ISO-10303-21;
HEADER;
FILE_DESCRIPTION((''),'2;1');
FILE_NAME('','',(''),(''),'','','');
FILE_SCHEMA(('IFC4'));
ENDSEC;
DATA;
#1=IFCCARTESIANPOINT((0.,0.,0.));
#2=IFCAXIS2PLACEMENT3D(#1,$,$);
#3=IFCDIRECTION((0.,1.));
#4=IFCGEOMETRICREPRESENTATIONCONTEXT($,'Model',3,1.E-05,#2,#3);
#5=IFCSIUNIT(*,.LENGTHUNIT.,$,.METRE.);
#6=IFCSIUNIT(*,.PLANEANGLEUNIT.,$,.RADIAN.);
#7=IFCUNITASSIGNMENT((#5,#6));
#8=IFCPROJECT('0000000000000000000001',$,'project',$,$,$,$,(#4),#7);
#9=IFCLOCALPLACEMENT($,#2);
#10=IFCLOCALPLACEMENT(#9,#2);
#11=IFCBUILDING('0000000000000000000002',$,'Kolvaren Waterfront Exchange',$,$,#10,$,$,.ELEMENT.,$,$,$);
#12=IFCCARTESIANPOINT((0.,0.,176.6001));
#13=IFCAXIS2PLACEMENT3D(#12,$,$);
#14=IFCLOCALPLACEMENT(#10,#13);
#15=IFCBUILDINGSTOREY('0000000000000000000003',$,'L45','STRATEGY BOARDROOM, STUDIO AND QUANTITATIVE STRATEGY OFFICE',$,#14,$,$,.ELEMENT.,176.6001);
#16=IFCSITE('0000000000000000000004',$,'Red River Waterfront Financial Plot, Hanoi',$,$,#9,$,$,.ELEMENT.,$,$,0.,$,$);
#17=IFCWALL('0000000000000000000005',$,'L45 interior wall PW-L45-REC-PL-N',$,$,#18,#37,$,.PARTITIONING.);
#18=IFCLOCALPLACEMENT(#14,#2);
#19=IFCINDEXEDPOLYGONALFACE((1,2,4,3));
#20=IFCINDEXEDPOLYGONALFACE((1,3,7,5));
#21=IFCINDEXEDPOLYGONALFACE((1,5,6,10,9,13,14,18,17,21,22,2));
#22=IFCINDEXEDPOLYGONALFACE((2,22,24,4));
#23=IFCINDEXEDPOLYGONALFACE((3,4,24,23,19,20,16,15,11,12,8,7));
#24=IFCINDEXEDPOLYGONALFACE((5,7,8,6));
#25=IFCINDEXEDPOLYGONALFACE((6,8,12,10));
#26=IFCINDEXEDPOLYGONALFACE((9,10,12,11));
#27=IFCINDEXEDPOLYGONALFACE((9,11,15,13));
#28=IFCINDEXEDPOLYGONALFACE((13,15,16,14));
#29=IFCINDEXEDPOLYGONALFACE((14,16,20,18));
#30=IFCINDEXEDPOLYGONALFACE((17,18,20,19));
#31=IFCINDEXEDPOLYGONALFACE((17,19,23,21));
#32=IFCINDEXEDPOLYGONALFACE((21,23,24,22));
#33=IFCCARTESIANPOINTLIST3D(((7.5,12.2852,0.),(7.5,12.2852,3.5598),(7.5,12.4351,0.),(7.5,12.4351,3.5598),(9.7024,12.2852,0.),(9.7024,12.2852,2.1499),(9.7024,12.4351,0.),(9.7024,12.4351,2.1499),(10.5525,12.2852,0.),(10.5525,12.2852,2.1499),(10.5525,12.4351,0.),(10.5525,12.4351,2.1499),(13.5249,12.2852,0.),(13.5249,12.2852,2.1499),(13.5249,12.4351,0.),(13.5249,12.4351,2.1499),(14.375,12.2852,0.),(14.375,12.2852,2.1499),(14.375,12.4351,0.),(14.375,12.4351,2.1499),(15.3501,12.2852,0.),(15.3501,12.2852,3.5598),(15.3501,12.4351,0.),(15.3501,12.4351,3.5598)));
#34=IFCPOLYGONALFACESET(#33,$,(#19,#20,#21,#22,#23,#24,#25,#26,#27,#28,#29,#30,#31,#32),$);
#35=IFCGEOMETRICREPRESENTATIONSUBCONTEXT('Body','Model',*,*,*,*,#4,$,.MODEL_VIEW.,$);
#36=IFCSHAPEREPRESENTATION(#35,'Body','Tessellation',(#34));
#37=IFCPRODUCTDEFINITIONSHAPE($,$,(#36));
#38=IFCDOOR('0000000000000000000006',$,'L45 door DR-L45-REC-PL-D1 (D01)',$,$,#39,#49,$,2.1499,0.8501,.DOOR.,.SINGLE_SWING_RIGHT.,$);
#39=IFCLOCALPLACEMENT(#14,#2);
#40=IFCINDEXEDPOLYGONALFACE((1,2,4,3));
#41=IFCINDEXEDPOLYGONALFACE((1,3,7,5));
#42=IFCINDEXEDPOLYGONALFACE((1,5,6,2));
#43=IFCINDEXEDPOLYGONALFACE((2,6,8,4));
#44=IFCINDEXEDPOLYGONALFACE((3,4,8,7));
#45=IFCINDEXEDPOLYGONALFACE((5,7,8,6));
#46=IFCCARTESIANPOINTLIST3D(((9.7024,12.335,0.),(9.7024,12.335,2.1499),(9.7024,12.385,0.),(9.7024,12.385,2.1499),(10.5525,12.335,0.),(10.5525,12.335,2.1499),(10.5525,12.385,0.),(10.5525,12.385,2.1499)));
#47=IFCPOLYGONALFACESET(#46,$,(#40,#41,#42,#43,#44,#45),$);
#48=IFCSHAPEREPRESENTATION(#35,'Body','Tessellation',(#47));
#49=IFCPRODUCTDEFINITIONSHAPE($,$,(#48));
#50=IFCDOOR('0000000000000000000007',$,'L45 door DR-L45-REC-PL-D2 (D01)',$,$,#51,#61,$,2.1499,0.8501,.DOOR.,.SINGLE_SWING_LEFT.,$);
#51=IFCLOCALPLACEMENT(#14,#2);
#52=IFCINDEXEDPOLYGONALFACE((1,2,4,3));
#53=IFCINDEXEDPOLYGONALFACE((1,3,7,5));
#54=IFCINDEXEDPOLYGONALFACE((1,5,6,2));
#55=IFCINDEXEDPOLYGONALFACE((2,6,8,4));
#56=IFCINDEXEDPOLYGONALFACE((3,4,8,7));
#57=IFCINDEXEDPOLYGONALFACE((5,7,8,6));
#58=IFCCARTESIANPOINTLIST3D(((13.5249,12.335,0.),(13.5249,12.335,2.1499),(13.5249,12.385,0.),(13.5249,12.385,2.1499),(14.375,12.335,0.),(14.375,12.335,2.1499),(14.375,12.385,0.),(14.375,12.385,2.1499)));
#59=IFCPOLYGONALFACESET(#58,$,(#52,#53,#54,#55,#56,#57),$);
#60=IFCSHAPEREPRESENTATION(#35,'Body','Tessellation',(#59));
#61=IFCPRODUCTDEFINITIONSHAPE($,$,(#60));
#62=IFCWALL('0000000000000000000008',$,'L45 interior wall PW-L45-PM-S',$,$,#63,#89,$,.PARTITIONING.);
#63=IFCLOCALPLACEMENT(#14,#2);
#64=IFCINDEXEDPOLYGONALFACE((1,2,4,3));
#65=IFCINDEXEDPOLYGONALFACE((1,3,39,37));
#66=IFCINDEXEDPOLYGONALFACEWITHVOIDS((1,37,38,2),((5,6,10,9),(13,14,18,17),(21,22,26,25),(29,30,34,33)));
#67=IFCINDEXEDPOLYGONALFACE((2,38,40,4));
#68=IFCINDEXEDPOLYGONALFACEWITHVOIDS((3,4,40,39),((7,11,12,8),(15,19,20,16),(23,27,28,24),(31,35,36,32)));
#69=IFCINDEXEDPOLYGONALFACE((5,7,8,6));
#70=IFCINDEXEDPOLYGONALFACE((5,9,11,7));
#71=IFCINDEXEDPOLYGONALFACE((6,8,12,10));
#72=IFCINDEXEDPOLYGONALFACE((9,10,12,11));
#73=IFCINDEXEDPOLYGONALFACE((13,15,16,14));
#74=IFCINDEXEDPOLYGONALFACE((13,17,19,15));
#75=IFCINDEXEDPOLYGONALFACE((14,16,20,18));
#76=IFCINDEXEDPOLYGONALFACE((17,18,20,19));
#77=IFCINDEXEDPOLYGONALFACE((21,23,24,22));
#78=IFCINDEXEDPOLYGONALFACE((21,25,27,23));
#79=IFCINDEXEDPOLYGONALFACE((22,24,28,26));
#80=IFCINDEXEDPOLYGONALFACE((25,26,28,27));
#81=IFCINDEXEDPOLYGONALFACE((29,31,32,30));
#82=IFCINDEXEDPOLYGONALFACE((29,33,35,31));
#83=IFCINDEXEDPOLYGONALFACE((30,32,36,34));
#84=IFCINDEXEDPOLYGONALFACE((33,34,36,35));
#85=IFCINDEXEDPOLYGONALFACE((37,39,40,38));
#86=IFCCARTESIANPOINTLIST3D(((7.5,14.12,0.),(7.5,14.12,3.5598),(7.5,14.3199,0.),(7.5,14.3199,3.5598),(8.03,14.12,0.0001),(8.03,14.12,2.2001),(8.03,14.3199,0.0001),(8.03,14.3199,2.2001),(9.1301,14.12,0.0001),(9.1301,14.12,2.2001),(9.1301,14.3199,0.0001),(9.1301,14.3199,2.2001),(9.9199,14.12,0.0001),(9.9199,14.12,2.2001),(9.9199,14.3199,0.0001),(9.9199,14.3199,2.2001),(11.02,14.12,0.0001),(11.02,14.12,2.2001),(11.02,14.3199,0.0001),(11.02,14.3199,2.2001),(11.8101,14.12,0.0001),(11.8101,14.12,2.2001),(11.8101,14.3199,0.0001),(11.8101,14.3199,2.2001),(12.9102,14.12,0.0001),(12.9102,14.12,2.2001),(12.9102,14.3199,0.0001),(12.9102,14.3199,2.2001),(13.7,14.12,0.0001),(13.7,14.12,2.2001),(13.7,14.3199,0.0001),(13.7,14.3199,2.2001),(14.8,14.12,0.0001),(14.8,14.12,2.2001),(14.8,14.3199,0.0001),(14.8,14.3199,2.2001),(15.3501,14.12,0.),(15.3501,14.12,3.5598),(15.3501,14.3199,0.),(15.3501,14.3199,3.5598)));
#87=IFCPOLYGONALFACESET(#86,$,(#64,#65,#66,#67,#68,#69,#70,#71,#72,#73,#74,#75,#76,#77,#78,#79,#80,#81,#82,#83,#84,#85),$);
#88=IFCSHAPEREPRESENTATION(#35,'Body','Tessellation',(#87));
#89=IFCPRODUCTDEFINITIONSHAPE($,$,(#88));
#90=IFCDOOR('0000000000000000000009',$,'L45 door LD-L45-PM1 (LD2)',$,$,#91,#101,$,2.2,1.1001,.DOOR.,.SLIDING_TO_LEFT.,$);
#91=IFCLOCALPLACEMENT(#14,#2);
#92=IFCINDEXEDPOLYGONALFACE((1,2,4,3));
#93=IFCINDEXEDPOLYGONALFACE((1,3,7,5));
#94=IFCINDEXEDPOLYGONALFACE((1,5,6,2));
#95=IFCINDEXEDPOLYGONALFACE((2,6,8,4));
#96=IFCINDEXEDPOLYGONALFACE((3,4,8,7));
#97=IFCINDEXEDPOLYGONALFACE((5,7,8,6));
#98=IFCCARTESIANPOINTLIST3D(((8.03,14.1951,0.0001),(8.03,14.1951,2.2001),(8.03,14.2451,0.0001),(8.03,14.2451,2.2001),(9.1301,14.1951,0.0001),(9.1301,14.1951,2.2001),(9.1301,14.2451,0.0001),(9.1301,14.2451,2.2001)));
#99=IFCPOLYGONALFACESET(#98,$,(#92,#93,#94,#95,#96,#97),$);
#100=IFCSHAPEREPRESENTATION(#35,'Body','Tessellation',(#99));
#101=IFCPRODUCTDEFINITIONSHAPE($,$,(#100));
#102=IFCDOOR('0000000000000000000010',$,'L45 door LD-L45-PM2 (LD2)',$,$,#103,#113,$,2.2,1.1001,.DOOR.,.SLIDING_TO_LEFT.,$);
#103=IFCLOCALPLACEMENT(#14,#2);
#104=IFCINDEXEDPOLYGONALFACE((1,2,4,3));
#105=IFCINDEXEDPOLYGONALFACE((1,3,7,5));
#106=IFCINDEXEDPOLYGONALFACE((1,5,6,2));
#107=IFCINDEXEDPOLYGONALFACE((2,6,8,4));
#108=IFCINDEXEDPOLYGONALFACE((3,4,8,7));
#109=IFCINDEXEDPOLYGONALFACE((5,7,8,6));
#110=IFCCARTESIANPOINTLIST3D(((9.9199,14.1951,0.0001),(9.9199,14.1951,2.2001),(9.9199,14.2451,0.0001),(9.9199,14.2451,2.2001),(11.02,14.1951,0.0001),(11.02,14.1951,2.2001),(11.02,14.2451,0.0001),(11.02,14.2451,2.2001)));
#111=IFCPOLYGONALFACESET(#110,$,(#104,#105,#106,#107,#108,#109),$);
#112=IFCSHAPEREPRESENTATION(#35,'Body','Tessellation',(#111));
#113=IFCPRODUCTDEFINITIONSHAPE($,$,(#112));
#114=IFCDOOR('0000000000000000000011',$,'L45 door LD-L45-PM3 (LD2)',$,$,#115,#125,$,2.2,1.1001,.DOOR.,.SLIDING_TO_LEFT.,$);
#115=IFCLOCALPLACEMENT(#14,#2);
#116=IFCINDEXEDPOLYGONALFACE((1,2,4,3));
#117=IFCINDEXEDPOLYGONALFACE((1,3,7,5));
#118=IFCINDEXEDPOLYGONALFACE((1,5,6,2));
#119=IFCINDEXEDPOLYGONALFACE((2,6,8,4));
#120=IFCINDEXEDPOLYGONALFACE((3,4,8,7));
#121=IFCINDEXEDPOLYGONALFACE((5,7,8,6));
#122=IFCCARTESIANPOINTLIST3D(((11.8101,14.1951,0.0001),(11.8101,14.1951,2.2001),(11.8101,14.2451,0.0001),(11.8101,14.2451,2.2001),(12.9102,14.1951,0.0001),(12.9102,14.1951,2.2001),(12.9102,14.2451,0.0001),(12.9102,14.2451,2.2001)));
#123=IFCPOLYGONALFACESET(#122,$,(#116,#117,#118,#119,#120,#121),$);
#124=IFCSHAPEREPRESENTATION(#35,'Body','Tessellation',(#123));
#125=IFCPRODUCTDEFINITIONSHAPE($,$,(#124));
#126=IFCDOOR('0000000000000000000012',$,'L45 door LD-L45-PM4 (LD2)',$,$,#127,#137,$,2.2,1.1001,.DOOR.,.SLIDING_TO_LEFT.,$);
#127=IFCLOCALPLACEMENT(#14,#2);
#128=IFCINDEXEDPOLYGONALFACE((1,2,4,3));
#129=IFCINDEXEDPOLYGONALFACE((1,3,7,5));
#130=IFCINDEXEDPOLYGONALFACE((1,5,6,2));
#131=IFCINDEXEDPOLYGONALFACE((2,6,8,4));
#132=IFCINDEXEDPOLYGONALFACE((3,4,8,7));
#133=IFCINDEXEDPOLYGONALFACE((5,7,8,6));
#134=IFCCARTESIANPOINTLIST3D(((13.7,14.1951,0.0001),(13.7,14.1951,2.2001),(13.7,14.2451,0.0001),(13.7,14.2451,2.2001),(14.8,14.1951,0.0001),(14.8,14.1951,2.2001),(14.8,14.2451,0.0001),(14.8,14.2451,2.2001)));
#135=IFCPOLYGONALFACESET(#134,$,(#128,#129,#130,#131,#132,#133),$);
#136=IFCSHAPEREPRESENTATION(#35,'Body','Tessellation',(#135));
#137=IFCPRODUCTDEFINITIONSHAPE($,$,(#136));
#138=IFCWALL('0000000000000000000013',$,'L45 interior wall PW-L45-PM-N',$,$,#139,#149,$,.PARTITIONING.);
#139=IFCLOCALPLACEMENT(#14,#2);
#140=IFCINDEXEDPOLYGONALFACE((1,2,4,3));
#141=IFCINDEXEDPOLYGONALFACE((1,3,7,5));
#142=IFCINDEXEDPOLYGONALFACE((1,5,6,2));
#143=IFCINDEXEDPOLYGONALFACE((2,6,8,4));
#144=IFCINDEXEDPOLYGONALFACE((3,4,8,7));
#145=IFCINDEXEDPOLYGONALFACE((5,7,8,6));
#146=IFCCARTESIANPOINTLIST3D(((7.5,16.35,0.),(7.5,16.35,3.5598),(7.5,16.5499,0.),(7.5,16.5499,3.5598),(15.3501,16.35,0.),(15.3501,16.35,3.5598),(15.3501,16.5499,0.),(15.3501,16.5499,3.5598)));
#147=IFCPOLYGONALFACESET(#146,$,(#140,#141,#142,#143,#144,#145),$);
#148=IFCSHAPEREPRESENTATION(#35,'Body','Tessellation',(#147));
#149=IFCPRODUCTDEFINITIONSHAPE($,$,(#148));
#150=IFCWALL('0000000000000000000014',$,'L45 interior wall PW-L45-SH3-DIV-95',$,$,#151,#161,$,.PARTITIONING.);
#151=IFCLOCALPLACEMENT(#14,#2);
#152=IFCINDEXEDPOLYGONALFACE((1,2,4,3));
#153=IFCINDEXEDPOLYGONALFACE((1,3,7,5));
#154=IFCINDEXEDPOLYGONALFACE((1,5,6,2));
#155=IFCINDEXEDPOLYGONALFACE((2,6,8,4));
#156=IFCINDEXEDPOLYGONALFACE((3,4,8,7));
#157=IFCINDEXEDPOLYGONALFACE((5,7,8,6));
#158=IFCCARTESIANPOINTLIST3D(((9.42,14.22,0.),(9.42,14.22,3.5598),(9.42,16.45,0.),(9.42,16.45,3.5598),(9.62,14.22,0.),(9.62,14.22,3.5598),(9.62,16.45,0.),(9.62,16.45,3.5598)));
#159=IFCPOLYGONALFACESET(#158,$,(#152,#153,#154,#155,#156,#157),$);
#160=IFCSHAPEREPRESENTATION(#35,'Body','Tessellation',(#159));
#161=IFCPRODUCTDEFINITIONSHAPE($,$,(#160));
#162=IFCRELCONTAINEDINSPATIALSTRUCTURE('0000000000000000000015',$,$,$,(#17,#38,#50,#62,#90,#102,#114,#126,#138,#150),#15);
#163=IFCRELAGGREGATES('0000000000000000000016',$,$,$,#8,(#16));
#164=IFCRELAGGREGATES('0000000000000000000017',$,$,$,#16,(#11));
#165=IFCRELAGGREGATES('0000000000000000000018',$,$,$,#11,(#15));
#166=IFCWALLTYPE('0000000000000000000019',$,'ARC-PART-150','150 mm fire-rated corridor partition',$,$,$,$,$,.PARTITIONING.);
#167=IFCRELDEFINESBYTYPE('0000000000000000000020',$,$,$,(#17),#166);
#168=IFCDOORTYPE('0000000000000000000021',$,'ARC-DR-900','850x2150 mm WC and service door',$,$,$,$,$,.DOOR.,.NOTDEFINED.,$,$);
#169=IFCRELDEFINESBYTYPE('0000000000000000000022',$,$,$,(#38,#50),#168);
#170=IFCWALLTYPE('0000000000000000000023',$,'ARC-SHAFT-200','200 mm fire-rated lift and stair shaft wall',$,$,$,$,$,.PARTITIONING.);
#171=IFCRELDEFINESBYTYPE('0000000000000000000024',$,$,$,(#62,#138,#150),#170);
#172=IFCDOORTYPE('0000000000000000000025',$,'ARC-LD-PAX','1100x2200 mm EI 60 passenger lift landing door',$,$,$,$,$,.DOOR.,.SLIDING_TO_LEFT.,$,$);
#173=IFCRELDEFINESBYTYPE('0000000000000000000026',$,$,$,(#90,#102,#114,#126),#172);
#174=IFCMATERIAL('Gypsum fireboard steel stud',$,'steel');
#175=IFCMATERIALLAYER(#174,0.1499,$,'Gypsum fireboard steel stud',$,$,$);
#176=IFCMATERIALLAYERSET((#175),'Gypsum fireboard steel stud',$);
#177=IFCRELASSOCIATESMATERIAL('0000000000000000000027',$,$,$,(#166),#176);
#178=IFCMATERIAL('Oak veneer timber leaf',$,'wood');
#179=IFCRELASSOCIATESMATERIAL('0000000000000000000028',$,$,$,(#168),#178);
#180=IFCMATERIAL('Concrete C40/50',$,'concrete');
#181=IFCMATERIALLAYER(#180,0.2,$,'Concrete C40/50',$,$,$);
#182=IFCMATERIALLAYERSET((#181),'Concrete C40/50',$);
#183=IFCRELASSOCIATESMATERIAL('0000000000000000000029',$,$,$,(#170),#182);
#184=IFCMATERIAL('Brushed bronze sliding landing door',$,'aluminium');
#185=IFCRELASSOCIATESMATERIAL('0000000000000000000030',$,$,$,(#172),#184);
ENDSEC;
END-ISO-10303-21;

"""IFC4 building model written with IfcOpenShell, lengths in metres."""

from ifc_helpers import new_model, si_unit, direction, frame, frame_2d, origin, place, context, subcontext, project, spatial, rectangle, extrude, material, layer, layer_set, type_object, element, fill, save


model = new_model("IFC4")

# Units and contexts
model_context = context("Model", 3, precision=1e-05, world=origin(), true_north=direction((0.0, 1.0)))
body_context = subcontext(model_context, "Body", "Model", "MODEL_VIEW")
ifc_project = project(units=[si_unit("LENGTHUNIT", "METRE"), si_unit("PLANEANGLEUNIT", "RADIAN")], contexts=[model_context])

# Site, building, storey
site_placement = place(None, origin())
site = spatial("IfcSite", under=ifc_project, at=site_placement, Name="Red River Waterfront Financial Plot, Hanoi", CompositionType="ELEMENT", RefElevation=0.0)
building_placement = place(site_placement, origin())
building = spatial("IfcBuilding", under=site, at=building_placement, Name="Kolvaren Waterfront Exchange", CompositionType="ELEMENT")
storey_placement = place(building_placement, frame((0.0, 0.0, 176.6001)))
storey = spatial("IfcBuildingStorey", under=building, at=storey_placement, Name="L45", Description="STRATEGY BOARDROOM, STUDIO AND QUANTITATIVE STRATEGY OFFICE", CompositionType="ELEMENT", Elevation=176.6001)

# Walls, openings, doors
ifc_material_1 = material(Name="Gypsum fireboard steel stud", Category="steel")
ifc_layer_1 = layer(ifc_material_1, 0.1499, Name="Gypsum fireboard steel stud")
ifc_layer_set_1 = layer_set([ifc_layer_1], Name="Gypsum fireboard steel stud")
wall_type_1 = type_object("IfcWallType", Name="ARC-PART-150", Description="150 mm fire-rated corridor partition", PredefinedType="PARTITIONING", material=ifc_layer_set_1)
wall_1_placement = place(storey_placement, frame((7.5, 12.3601, 0.0), z_axis=(0.0, 0.0, 1.0), x_axis=(1.0, 0.0, 0.0)))
wall_1 = element("IfcWall", 1, at=wall_1_placement, inside=storey, type_object=wall_type_1, Name="L45 interior wall PW-L45-REC-PL-N", PredefinedType="PARTITIONING", context=body_context, shape_type="SweptSolid", body=[
    extrude(rectangle(XDim=7.8501, YDim=0.1499, at=frame_2d((3.925, 0.0))), origin(), (0.0, 0.0, 1.0), 3.5598),
])
opening_1_placement = place(wall_1_placement, frame((2.2024, 0.0, 0.0)))
opening_1 = element("IfcOpeningElement", 2, at=opening_1_placement, cuts=wall_1, PredefinedType="OPENING", context=body_context, shape_type="SweptSolid", body=[
    extrude(rectangle(XDim=0.8501, YDim=2.1499, at=frame_2d((0.425, 1.075))), frame((0.0, 0.085, 0.0), z_axis=(0.0, -1.0, 0.0), x_axis=(1.0, 0.0, 0.0)), (0.0, 0.0, 1.0), 0.1699),
])
opening_2_placement = place(wall_1_placement, frame((6.0249, 0.0, 0.0)))
opening_2 = element("IfcOpeningElement", 3, at=opening_2_placement, cuts=wall_1, PredefinedType="OPENING", context=body_context, shape_type="SweptSolid", body=[
    extrude(rectangle(XDim=0.8501, YDim=2.1499, at=frame_2d((0.425, 1.075))), frame((0.0, 0.085, 0.0), z_axis=(0.0, -1.0, 0.0), x_axis=(1.0, 0.0, 0.0)), (0.0, 0.0, 1.0), 0.1699),
])
ifc_material_2 = material(Name="Oak veneer timber leaf", Category="wood")
door_type_1 = type_object("IfcDoorType", Name="ARC-DR-900", Description="850x2150 mm WC and service door", OperationType="NOTDEFINED", PredefinedType="DOOR", material=ifc_material_2)
door_1_placement = place(opening_1_placement, origin())
door_1 = element("IfcDoor", 4, at=door_1_placement, inside=storey, type_object=door_type_1, Name="L45 door DR-L45-REC-PL-D1 (D01)", OperationType="SINGLE_SWING_RIGHT", OverallHeight=2.1499, OverallWidth=0.8501, PredefinedType="DOOR", context=body_context, shape_type="SweptSolid", body=[
    extrude(rectangle(XDim=0.8501, YDim=2.1499, at=frame_2d((0.425, 1.075))), frame((0.0, 0.0249, 0.0), z_axis=(0.0, -1.0, 0.0), x_axis=(1.0, 0.0, 0.0)), (0.0, 0.0, 1.0), 0.05),
])
fill(opening_1, door_1)
door_2_placement = place(opening_2_placement, origin())
door_2 = element("IfcDoor", 5, at=door_2_placement, inside=storey, type_object=door_type_1, Name="L45 door DR-L45-REC-PL-D2 (D01)", OperationType="SINGLE_SWING_LEFT", OverallHeight=2.1499, OverallWidth=0.8501, PredefinedType="DOOR", context=body_context, shape_type="SweptSolid", body=[
    extrude(rectangle(XDim=0.8501, YDim=2.1499, at=frame_2d((0.425, 1.075))), frame((0.0, 0.0249, 0.0), z_axis=(0.0, -1.0, 0.0), x_axis=(1.0, 0.0, 0.0)), (0.0, 0.0, 1.0), 0.05),
])
fill(opening_2, door_2)
ifc_material_3 = material(Name="Concrete C40/50", Category="concrete")
ifc_layer_2 = layer(ifc_material_3, 0.2, Name="Concrete C40/50")
ifc_layer_set_2 = layer_set([ifc_layer_2], Name="Concrete C40/50")
wall_type_2 = type_object("IfcWallType", Name="ARC-SHAFT-200", Description="200 mm fire-rated lift and stair shaft wall", PredefinedType="PARTITIONING", material=ifc_layer_set_2)
wall_2_placement = place(storey_placement, frame((7.5, 14.22, 0.0), z_axis=(0.0, 0.0, 1.0), x_axis=(1.0, 0.0, 0.0)))
wall_2 = element("IfcWall", 6, at=wall_2_placement, inside=storey, type_object=wall_type_2, Name="L45 interior wall PW-L45-PM-S", PredefinedType="PARTITIONING", context=body_context, shape_type="SweptSolid", body=[
    extrude(rectangle(XDim=7.8501, YDim=0.2, at=frame_2d((3.925, 0.0))), origin(), (0.0, 0.0, 1.0), 3.5598),
])
opening_3_placement = place(wall_2_placement, frame((0.53, 0.0, 0.0)))
opening_3 = element("IfcOpeningElement", 7, at=opening_3_placement, cuts=wall_2, PredefinedType="OPENING", context=body_context, shape_type="SweptSolid", body=[
    extrude(rectangle(XDim=1.1001, YDim=2.2, at=frame_2d((0.55, 1.1001))), frame((0.0, 0.1099, 0.0), z_axis=(0.0, -1.0, 0.0), x_axis=(1.0, 0.0, 0.0)), (0.0, 0.0, 1.0), 0.22),
])
opening_4_placement = place(wall_2_placement, frame((2.4199, 0.0, 0.0)))
opening_4 = element("IfcOpeningElement", 8, at=opening_4_placement, cuts=wall_2, PredefinedType="OPENING", context=body_context, shape_type="SweptSolid", body=[
    extrude(rectangle(XDim=1.1001, YDim=2.2, at=frame_2d((0.55, 1.1001))), frame((0.0, 0.1099, 0.0), z_axis=(0.0, -1.0, 0.0), x_axis=(1.0, 0.0, 0.0)), (0.0, 0.0, 1.0), 0.22),
])
opening_5_placement = place(wall_2_placement, frame((4.3101, 0.0, 0.0)))
opening_5 = element("IfcOpeningElement", 9, at=opening_5_placement, cuts=wall_2, PredefinedType="OPENING", context=body_context, shape_type="SweptSolid", body=[
    extrude(rectangle(XDim=1.1001, YDim=2.2, at=frame_2d((0.55, 1.1001))), frame((0.0, 0.1099, 0.0), z_axis=(0.0, -1.0, 0.0), x_axis=(1.0, 0.0, 0.0)), (0.0, 0.0, 1.0), 0.22),
])
opening_6_placement = place(wall_2_placement, frame((6.2, 0.0, 0.0)))
opening_6 = element("IfcOpeningElement", 10, at=opening_6_placement, cuts=wall_2, PredefinedType="OPENING", context=body_context, shape_type="SweptSolid", body=[
    extrude(rectangle(XDim=1.1001, YDim=2.2, at=frame_2d((0.55, 1.1001))), frame((0.0, 0.1099, 0.0), z_axis=(0.0, -1.0, 0.0), x_axis=(1.0, 0.0, 0.0)), (0.0, 0.0, 1.0), 0.22),
])
ifc_material_4 = material(Name="Brushed bronze sliding landing door", Category="aluminium")
door_type_2 = type_object("IfcDoorType", Name="ARC-LD-PAX", Description="1100x2200 mm EI 60 passenger lift landing door", OperationType="SLIDING_TO_LEFT", PredefinedType="DOOR", material=ifc_material_4)
door_3_placement = place(opening_3_placement, frame((1.1001, 0.0, 0.0), z_axis=(0.0, 0.0, 1.0), x_axis=(-1.0, 0.0, 0.0)))
door_3 = element("IfcDoor", 11, at=door_3_placement, inside=storey, type_object=door_type_2, Name="L45 door LD-L45-PM1 (LD2)", OperationType="SLIDING_TO_LEFT", OverallHeight=2.2, OverallWidth=1.1001, PredefinedType="DOOR", context=body_context, shape_type="SweptSolid", body=[
    extrude(rectangle(XDim=1.1001, YDim=2.2, at=frame_2d((0.55, 1.1001))), frame((0.0, 0.0249, 0.0), z_axis=(0.0, -1.0, 0.0), x_axis=(1.0, 0.0, 0.0)), (0.0, 0.0, 1.0), 0.05),
])
fill(opening_3, door_3)
door_4_placement = place(opening_4_placement, frame((1.1001, 0.0, 0.0), z_axis=(0.0, 0.0, 1.0), x_axis=(-1.0, 0.0, 0.0)))
door_4 = element("IfcDoor", 12, at=door_4_placement, inside=storey, type_object=door_type_2, Name="L45 door LD-L45-PM2 (LD2)", OperationType="SLIDING_TO_LEFT", OverallHeight=2.2, OverallWidth=1.1001, PredefinedType="DOOR", context=body_context, shape_type="SweptSolid", body=[
    extrude(rectangle(XDim=1.1001, YDim=2.2, at=frame_2d((0.55, 1.1001))), frame((0.0, 0.0249, 0.0), z_axis=(0.0, -1.0, 0.0), x_axis=(1.0, 0.0, 0.0)), (0.0, 0.0, 1.0), 0.05),
])
fill(opening_4, door_4)
door_5_placement = place(opening_5_placement, frame((1.1001, 0.0, 0.0), z_axis=(0.0, 0.0, 1.0), x_axis=(-1.0, 0.0, 0.0)))
door_5 = element("IfcDoor", 13, at=door_5_placement, inside=storey, type_object=door_type_2, Name="L45 door LD-L45-PM3 (LD2)", OperationType="SLIDING_TO_LEFT", OverallHeight=2.2, OverallWidth=1.1001, PredefinedType="DOOR", context=body_context, shape_type="SweptSolid", body=[
    extrude(rectangle(XDim=1.1001, YDim=2.2, at=frame_2d((0.55, 1.1001))), frame((0.0, 0.0249, 0.0), z_axis=(0.0, -1.0, 0.0), x_axis=(1.0, 0.0, 0.0)), (0.0, 0.0, 1.0), 0.05),
])
fill(opening_5, door_5)
door_6_placement = place(opening_6_placement, frame((1.1001, 0.0, 0.0), z_axis=(0.0, 0.0, 1.0), x_axis=(-1.0, 0.0, 0.0)))
door_6 = element("IfcDoor", 14, at=door_6_placement, inside=storey, type_object=door_type_2, Name="L45 door LD-L45-PM4 (LD2)", OperationType="SLIDING_TO_LEFT", OverallHeight=2.2, OverallWidth=1.1001, PredefinedType="DOOR", context=body_context, shape_type="SweptSolid", body=[
    extrude(rectangle(XDim=1.1001, YDim=2.2, at=frame_2d((0.55, 1.1001))), frame((0.0, 0.0249, 0.0), z_axis=(0.0, -1.0, 0.0), x_axis=(1.0, 0.0, 0.0)), (0.0, 0.0, 1.0), 0.05),
])
fill(opening_6, door_6)

# Walls
wall_3_placement = place(storey_placement, frame((7.5, 16.45, 0.0), z_axis=(0.0, 0.0, 1.0), x_axis=(1.0, 0.0, 0.0)))
element("IfcWall", 15, at=wall_3_placement, inside=storey, type_object=wall_type_2, Name="L45 interior wall PW-L45-PM-N", PredefinedType="PARTITIONING", context=body_context, shape_type="SweptSolid", body=[
    extrude(rectangle(XDim=7.8501, YDim=0.2, at=frame_2d((3.925, 0.0))), origin(), (0.0, 0.0, 1.0), 3.5598),
])
for number, where, z_axis, x_axis, name in (
    (16, (9.52, 14.22, 0.0), (0.0, 0.0, 1.0), (0.0, 1.0, 0.0), "L45 interior wall PW-L45-SH3-DIV-95"),
):
    element("IfcWall", number, at=place(storey_placement, frame(where, z_axis=z_axis, x_axis=x_axis)), inside=storey, type_object=wall_type_2, Name=name, PredefinedType="PARTITIONING", context=body_context, shape_type="SweptSolid", body=[
        extrude(rectangle(XDim=2.23, YDim=0.2, at=frame_2d((1.115, 0.0))), origin(), (0.0, 0.0, 1.0), 3.5598),
    ])

save(model, "model.ifc")
